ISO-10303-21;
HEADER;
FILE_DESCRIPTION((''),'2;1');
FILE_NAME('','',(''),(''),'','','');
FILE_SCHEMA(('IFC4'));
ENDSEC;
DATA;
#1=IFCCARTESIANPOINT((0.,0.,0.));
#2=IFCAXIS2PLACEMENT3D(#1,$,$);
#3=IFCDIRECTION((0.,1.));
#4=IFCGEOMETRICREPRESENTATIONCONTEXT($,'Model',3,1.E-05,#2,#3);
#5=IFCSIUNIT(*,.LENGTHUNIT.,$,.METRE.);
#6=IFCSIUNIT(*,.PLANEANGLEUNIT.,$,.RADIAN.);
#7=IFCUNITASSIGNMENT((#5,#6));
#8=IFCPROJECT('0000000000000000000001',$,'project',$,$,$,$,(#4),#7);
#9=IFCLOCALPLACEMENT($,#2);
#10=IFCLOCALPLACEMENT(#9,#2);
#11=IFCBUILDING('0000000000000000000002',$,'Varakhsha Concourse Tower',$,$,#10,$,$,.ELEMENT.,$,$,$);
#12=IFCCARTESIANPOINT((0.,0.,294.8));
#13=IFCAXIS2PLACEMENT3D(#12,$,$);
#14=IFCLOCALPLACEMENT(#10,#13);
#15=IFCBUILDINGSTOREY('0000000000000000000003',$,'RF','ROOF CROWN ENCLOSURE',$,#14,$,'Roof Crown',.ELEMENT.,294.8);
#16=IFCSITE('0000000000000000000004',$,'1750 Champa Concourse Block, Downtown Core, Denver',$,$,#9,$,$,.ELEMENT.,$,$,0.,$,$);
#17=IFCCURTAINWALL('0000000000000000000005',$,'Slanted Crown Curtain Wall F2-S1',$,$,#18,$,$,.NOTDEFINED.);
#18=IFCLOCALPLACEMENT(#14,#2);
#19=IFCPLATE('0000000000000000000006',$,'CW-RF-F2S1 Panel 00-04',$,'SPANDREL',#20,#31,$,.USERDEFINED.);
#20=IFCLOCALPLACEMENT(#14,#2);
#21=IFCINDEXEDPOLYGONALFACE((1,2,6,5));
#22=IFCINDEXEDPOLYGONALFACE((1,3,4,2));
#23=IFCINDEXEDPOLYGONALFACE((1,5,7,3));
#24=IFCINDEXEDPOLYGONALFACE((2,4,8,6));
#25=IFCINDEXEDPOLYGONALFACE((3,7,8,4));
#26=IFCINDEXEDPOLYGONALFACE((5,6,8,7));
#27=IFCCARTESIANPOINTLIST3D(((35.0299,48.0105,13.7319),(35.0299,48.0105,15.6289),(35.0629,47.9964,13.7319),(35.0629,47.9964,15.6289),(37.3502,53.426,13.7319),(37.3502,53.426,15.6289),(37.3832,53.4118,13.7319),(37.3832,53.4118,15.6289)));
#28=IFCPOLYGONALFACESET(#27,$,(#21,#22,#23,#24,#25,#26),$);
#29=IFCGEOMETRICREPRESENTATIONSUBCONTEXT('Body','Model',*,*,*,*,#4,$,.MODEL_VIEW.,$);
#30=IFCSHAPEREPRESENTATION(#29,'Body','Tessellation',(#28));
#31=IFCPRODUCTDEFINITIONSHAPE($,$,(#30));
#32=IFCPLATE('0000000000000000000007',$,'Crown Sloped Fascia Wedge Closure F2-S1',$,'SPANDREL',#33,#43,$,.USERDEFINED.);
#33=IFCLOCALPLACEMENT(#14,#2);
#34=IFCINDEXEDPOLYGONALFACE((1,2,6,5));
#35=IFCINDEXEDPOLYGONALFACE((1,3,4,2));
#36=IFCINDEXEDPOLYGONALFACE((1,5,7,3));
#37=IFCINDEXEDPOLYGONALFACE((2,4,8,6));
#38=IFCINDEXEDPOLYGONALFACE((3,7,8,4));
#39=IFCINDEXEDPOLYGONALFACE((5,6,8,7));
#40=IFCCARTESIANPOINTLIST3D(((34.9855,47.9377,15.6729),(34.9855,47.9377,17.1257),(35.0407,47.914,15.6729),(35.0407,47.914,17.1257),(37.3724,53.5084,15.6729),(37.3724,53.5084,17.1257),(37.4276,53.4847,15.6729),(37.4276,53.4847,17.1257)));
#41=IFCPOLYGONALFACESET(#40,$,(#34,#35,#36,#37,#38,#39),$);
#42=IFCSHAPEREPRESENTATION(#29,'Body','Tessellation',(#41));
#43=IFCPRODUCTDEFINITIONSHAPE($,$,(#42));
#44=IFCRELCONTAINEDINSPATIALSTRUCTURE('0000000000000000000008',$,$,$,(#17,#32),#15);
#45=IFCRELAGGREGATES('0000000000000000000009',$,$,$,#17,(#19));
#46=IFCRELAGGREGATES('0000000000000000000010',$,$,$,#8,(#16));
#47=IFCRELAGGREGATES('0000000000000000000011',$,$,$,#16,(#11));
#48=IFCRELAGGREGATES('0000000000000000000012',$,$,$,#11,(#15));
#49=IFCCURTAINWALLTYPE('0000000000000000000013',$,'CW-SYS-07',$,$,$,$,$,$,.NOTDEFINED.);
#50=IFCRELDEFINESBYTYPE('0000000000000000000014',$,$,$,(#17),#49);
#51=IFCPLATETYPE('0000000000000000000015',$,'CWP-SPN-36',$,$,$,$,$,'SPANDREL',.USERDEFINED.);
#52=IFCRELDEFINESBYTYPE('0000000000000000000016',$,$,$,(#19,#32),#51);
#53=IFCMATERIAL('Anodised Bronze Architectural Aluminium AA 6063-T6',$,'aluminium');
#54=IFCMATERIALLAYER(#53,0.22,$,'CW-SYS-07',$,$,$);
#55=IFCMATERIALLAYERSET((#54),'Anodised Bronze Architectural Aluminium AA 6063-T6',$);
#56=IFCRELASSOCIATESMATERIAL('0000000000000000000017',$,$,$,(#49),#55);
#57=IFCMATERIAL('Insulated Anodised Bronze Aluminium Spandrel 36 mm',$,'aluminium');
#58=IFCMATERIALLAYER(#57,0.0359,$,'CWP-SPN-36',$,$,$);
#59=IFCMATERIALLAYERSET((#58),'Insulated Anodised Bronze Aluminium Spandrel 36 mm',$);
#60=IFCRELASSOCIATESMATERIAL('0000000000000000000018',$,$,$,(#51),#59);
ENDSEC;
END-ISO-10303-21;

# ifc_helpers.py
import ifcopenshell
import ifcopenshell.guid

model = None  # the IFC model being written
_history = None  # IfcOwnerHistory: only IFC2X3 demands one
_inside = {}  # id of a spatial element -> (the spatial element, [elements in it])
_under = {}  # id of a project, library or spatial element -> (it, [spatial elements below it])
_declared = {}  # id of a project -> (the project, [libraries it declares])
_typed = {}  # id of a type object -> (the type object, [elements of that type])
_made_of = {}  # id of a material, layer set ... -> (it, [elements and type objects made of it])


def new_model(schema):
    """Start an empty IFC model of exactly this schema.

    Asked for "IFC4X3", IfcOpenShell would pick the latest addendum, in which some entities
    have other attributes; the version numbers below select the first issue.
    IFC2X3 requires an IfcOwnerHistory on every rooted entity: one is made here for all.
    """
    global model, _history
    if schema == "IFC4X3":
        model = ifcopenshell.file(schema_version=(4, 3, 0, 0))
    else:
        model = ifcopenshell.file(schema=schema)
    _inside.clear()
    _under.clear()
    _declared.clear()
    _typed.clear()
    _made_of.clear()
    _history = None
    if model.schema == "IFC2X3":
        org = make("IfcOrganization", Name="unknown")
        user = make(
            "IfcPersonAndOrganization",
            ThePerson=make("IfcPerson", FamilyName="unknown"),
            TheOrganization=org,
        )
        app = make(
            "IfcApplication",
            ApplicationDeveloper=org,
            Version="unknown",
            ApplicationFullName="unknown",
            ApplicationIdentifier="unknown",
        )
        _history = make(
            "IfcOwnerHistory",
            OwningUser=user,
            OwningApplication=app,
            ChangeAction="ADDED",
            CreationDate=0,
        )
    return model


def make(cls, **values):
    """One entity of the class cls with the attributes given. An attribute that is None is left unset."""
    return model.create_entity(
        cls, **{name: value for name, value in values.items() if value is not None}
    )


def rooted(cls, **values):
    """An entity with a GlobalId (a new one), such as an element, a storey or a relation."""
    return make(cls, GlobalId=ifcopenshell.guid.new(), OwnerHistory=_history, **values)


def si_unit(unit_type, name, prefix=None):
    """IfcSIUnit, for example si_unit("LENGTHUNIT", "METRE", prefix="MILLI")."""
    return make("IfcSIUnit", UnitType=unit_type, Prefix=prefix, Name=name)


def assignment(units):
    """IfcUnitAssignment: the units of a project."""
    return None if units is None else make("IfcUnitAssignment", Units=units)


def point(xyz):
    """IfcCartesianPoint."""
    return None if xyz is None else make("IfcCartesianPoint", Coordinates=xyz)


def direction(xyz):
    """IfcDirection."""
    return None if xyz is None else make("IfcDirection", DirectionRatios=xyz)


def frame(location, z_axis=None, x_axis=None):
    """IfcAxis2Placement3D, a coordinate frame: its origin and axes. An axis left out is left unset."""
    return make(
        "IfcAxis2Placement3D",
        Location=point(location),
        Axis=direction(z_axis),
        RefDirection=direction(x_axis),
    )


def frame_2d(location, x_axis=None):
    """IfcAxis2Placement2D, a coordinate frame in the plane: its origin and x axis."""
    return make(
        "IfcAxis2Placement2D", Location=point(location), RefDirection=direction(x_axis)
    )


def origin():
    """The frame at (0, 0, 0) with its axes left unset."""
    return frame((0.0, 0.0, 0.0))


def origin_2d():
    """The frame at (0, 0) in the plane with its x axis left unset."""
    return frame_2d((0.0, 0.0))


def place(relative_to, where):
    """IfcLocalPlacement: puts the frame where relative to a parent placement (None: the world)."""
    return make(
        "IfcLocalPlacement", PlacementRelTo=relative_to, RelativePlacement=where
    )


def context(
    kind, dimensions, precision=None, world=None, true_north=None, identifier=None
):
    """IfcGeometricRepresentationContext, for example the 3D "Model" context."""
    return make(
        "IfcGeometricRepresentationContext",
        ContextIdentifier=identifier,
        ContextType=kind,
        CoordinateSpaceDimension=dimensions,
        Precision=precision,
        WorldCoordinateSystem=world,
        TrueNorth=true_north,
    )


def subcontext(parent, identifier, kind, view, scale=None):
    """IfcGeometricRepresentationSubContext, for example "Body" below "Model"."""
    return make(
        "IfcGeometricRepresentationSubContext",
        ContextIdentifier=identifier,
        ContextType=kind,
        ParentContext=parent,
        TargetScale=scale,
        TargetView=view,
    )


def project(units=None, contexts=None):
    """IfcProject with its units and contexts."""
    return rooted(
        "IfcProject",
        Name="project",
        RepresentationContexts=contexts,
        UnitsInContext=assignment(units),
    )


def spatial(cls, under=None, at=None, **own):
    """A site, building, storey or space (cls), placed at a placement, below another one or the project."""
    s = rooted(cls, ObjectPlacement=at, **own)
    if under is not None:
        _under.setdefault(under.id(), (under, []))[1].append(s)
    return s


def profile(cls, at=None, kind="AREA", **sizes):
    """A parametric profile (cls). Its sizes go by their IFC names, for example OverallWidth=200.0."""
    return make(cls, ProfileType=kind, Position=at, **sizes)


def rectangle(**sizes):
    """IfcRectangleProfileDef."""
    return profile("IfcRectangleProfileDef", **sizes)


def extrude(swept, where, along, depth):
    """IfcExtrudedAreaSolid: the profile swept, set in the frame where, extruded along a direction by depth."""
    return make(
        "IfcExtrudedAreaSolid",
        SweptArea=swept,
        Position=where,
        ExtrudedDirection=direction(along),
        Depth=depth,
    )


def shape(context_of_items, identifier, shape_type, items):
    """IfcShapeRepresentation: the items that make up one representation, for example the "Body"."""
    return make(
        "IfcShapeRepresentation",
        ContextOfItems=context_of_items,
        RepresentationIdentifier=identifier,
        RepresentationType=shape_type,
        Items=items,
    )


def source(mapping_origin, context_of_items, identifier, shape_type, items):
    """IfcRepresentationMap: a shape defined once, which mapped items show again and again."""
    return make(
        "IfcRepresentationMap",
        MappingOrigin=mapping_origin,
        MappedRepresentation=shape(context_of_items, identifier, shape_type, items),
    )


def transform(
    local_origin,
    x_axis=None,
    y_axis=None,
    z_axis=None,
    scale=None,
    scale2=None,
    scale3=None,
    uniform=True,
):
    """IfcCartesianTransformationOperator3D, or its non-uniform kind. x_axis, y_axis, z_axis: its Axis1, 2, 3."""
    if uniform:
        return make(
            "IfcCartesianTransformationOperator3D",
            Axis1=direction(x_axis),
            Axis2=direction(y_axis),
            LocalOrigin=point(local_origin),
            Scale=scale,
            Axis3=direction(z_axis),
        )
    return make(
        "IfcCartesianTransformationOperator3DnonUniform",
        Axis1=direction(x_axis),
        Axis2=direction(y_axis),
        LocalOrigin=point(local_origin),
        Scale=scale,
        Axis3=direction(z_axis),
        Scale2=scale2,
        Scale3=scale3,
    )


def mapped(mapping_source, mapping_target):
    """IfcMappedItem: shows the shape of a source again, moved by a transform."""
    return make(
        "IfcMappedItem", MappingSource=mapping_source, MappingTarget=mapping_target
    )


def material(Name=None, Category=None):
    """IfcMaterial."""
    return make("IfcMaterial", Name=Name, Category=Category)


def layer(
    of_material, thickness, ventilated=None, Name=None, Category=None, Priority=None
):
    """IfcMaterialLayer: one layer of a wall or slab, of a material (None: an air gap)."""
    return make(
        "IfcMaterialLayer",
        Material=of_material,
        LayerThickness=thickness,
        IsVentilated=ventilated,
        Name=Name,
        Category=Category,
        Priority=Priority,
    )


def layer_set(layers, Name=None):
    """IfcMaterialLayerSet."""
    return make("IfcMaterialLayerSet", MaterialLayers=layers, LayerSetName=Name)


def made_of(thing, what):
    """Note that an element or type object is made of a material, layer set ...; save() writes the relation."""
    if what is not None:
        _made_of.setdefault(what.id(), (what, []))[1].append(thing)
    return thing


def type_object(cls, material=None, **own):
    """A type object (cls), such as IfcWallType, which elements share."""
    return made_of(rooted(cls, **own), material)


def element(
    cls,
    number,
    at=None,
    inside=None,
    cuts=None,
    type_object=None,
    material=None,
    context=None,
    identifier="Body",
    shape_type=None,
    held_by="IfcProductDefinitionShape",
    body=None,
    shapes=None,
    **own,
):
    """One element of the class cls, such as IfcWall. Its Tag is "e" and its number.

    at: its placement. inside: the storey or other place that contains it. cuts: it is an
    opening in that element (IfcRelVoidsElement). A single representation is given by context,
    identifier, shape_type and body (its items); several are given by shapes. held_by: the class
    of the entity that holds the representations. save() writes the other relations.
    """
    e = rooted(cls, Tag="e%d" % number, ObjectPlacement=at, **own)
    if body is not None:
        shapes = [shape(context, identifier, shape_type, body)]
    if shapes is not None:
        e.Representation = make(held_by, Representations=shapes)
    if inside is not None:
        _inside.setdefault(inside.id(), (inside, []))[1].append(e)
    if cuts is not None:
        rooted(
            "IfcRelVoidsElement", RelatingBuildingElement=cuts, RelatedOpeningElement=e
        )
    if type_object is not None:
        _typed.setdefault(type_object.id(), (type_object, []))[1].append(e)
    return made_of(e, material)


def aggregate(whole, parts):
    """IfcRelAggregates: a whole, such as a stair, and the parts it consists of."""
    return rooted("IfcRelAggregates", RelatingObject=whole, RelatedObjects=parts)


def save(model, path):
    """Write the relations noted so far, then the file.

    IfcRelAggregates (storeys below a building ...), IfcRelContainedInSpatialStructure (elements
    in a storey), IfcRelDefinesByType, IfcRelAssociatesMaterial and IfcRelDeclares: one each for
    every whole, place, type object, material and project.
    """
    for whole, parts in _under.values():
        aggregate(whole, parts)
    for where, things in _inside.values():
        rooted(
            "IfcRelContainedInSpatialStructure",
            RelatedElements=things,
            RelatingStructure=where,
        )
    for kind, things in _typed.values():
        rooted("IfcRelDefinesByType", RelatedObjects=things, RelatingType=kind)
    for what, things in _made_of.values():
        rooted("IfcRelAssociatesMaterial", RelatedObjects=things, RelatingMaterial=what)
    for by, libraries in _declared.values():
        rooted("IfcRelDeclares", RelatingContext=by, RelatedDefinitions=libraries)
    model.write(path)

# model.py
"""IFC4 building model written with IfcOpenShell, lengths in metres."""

from ifc_helpers import new_model, si_unit, direction, frame, origin, origin_2d, place, context, subcontext, project, spatial, rectangle, extrude, source, transform, mapped, material, layer, layer_set, type_object, element, aggregate, save


model = new_model("IFC4")

# Units and contexts
model_context = context("Model", 3, precision=1e-05, world=origin(), true_north=direction((0.0, 1.0)))
body_context = subcontext(model_context, "Body", "Model", "MODEL_VIEW")
ifc_project = project(units=[si_unit("LENGTHUNIT", "METRE"), si_unit("PLANEANGLEUNIT", "RADIAN")], contexts=[model_context])

# Site, building, storey
site_placement = place(None, origin())
site = spatial("IfcSite", under=ifc_project, at=site_placement, Name="1750 Champa Concourse Block, Downtown Core, Denver", CompositionType="ELEMENT", RefElevation=0.0)
building_placement = place(site_placement, origin())
building = spatial("IfcBuilding", under=site, at=building_placement, Name="Varakhsha Concourse Tower", CompositionType="ELEMENT")
storey_placement = place(building_placement, frame((0.0, 0.0, 294.8)))
storey = spatial("IfcBuildingStorey", under=building, at=storey_placement, Name="RF", Description="ROOF CROWN ENCLOSURE", LongName="Roof Crown", CompositionType="ELEMENT", Elevation=294.8)

# Curtain wall
ifc_material_1 = material(Name="Anodised Bronze Architectural Aluminium AA 6063-T6", Category="aluminium")
ifc_layer_1 = layer(ifc_material_1, 0.22, Name="CW-SYS-07")
ifc_layer_set_1 = layer_set([ifc_layer_1], Name="Anodised Bronze Architectural Aluminium AA 6063-T6")
curtain_wall_type = type_object("IfcCurtainWallType", Name="CW-SYS-07", PredefinedType="NOTDEFINED", material=ifc_layer_set_1)
curtain_wall_1_placement = place(storey_placement, origin())
curtain_wall_1 = element("IfcCurtainWall", 1, at=curtain_wall_1_placement, inside=storey, type_object=curtain_wall_type, Name="Slanted Crown Curtain Wall F2-S1", PredefinedType="NOTDEFINED")

# Plates
ifc_material_2 = material(Name="Insulated Anodised Bronze Aluminium Spandrel 36 mm", Category="aluminium")
ifc_layer_2 = layer(ifc_material_2, 0.0359, Name="CWP-SPN-36")
ifc_layer_set_2 = layer_set([ifc_layer_2], Name="Insulated Anodised Bronze Aluminium Spandrel 36 mm")
plate_type_1 = type_object("IfcPlateType", Name="CWP-SPN-36", ElementType="SPANDREL", PredefinedType="USERDEFINED", material=ifc_layer_set_2)
shared_shape_1 = source(origin(), body_context, "Body", "SweptSolid", [
    extrude(rectangle(XDim=5.8916, YDim=0.0359, at=origin_2d()), origin(), (0.0, 0.0, 1.0), 1.897),
])
plate_1_placement = place(storey_placement, frame((36.2065, 50.7112, 13.7319), z_axis=(0.0, 0.0, 1.0), x_axis=(0.393841, 0.919179, 0.0)))
plate_1 = element("IfcPlate", 2, at=plate_1_placement, type_object=plate_type_1, Name="CW-RF-F2S1 Panel 00-04", ObjectType="SPANDREL", PredefinedType="USERDEFINED", context=body_context, shape_type="MappedRepresentation", body=[
    mapped(shared_shape_1, transform((0.0, 0.0, 0.0), scale=1.0)),
])
aggregate(curtain_wall_1, [plate_1])
shared_shape_2 = source(origin(), body_context, "Body", "SweptSolid", [
    extrude(rectangle(XDim=6.0605, YDim=0.0601, at=origin_2d()), origin(), (0.0, 0.0, 1.0), 1.4529),
])
plate_2_placement = place(storey_placement, frame((36.2065, 50.7112, 15.6729), z_axis=(0.0, 0.0, 1.0), x_axis=(0.393846, 0.919177, 0.0)))
element("IfcPlate", 3, at=plate_2_placement, inside=storey, type_object=plate_type_1, Name="Crown Sloped Fascia Wedge Closure F2-S1", ObjectType="SPANDREL", PredefinedType="USERDEFINED", context=body_context, shape_type="MappedRepresentation", body=[
    mapped(shared_shape_2, transform((0.0, 0.0, 0.0), scale=1.0)),
])

save(model, "model.ifc")
